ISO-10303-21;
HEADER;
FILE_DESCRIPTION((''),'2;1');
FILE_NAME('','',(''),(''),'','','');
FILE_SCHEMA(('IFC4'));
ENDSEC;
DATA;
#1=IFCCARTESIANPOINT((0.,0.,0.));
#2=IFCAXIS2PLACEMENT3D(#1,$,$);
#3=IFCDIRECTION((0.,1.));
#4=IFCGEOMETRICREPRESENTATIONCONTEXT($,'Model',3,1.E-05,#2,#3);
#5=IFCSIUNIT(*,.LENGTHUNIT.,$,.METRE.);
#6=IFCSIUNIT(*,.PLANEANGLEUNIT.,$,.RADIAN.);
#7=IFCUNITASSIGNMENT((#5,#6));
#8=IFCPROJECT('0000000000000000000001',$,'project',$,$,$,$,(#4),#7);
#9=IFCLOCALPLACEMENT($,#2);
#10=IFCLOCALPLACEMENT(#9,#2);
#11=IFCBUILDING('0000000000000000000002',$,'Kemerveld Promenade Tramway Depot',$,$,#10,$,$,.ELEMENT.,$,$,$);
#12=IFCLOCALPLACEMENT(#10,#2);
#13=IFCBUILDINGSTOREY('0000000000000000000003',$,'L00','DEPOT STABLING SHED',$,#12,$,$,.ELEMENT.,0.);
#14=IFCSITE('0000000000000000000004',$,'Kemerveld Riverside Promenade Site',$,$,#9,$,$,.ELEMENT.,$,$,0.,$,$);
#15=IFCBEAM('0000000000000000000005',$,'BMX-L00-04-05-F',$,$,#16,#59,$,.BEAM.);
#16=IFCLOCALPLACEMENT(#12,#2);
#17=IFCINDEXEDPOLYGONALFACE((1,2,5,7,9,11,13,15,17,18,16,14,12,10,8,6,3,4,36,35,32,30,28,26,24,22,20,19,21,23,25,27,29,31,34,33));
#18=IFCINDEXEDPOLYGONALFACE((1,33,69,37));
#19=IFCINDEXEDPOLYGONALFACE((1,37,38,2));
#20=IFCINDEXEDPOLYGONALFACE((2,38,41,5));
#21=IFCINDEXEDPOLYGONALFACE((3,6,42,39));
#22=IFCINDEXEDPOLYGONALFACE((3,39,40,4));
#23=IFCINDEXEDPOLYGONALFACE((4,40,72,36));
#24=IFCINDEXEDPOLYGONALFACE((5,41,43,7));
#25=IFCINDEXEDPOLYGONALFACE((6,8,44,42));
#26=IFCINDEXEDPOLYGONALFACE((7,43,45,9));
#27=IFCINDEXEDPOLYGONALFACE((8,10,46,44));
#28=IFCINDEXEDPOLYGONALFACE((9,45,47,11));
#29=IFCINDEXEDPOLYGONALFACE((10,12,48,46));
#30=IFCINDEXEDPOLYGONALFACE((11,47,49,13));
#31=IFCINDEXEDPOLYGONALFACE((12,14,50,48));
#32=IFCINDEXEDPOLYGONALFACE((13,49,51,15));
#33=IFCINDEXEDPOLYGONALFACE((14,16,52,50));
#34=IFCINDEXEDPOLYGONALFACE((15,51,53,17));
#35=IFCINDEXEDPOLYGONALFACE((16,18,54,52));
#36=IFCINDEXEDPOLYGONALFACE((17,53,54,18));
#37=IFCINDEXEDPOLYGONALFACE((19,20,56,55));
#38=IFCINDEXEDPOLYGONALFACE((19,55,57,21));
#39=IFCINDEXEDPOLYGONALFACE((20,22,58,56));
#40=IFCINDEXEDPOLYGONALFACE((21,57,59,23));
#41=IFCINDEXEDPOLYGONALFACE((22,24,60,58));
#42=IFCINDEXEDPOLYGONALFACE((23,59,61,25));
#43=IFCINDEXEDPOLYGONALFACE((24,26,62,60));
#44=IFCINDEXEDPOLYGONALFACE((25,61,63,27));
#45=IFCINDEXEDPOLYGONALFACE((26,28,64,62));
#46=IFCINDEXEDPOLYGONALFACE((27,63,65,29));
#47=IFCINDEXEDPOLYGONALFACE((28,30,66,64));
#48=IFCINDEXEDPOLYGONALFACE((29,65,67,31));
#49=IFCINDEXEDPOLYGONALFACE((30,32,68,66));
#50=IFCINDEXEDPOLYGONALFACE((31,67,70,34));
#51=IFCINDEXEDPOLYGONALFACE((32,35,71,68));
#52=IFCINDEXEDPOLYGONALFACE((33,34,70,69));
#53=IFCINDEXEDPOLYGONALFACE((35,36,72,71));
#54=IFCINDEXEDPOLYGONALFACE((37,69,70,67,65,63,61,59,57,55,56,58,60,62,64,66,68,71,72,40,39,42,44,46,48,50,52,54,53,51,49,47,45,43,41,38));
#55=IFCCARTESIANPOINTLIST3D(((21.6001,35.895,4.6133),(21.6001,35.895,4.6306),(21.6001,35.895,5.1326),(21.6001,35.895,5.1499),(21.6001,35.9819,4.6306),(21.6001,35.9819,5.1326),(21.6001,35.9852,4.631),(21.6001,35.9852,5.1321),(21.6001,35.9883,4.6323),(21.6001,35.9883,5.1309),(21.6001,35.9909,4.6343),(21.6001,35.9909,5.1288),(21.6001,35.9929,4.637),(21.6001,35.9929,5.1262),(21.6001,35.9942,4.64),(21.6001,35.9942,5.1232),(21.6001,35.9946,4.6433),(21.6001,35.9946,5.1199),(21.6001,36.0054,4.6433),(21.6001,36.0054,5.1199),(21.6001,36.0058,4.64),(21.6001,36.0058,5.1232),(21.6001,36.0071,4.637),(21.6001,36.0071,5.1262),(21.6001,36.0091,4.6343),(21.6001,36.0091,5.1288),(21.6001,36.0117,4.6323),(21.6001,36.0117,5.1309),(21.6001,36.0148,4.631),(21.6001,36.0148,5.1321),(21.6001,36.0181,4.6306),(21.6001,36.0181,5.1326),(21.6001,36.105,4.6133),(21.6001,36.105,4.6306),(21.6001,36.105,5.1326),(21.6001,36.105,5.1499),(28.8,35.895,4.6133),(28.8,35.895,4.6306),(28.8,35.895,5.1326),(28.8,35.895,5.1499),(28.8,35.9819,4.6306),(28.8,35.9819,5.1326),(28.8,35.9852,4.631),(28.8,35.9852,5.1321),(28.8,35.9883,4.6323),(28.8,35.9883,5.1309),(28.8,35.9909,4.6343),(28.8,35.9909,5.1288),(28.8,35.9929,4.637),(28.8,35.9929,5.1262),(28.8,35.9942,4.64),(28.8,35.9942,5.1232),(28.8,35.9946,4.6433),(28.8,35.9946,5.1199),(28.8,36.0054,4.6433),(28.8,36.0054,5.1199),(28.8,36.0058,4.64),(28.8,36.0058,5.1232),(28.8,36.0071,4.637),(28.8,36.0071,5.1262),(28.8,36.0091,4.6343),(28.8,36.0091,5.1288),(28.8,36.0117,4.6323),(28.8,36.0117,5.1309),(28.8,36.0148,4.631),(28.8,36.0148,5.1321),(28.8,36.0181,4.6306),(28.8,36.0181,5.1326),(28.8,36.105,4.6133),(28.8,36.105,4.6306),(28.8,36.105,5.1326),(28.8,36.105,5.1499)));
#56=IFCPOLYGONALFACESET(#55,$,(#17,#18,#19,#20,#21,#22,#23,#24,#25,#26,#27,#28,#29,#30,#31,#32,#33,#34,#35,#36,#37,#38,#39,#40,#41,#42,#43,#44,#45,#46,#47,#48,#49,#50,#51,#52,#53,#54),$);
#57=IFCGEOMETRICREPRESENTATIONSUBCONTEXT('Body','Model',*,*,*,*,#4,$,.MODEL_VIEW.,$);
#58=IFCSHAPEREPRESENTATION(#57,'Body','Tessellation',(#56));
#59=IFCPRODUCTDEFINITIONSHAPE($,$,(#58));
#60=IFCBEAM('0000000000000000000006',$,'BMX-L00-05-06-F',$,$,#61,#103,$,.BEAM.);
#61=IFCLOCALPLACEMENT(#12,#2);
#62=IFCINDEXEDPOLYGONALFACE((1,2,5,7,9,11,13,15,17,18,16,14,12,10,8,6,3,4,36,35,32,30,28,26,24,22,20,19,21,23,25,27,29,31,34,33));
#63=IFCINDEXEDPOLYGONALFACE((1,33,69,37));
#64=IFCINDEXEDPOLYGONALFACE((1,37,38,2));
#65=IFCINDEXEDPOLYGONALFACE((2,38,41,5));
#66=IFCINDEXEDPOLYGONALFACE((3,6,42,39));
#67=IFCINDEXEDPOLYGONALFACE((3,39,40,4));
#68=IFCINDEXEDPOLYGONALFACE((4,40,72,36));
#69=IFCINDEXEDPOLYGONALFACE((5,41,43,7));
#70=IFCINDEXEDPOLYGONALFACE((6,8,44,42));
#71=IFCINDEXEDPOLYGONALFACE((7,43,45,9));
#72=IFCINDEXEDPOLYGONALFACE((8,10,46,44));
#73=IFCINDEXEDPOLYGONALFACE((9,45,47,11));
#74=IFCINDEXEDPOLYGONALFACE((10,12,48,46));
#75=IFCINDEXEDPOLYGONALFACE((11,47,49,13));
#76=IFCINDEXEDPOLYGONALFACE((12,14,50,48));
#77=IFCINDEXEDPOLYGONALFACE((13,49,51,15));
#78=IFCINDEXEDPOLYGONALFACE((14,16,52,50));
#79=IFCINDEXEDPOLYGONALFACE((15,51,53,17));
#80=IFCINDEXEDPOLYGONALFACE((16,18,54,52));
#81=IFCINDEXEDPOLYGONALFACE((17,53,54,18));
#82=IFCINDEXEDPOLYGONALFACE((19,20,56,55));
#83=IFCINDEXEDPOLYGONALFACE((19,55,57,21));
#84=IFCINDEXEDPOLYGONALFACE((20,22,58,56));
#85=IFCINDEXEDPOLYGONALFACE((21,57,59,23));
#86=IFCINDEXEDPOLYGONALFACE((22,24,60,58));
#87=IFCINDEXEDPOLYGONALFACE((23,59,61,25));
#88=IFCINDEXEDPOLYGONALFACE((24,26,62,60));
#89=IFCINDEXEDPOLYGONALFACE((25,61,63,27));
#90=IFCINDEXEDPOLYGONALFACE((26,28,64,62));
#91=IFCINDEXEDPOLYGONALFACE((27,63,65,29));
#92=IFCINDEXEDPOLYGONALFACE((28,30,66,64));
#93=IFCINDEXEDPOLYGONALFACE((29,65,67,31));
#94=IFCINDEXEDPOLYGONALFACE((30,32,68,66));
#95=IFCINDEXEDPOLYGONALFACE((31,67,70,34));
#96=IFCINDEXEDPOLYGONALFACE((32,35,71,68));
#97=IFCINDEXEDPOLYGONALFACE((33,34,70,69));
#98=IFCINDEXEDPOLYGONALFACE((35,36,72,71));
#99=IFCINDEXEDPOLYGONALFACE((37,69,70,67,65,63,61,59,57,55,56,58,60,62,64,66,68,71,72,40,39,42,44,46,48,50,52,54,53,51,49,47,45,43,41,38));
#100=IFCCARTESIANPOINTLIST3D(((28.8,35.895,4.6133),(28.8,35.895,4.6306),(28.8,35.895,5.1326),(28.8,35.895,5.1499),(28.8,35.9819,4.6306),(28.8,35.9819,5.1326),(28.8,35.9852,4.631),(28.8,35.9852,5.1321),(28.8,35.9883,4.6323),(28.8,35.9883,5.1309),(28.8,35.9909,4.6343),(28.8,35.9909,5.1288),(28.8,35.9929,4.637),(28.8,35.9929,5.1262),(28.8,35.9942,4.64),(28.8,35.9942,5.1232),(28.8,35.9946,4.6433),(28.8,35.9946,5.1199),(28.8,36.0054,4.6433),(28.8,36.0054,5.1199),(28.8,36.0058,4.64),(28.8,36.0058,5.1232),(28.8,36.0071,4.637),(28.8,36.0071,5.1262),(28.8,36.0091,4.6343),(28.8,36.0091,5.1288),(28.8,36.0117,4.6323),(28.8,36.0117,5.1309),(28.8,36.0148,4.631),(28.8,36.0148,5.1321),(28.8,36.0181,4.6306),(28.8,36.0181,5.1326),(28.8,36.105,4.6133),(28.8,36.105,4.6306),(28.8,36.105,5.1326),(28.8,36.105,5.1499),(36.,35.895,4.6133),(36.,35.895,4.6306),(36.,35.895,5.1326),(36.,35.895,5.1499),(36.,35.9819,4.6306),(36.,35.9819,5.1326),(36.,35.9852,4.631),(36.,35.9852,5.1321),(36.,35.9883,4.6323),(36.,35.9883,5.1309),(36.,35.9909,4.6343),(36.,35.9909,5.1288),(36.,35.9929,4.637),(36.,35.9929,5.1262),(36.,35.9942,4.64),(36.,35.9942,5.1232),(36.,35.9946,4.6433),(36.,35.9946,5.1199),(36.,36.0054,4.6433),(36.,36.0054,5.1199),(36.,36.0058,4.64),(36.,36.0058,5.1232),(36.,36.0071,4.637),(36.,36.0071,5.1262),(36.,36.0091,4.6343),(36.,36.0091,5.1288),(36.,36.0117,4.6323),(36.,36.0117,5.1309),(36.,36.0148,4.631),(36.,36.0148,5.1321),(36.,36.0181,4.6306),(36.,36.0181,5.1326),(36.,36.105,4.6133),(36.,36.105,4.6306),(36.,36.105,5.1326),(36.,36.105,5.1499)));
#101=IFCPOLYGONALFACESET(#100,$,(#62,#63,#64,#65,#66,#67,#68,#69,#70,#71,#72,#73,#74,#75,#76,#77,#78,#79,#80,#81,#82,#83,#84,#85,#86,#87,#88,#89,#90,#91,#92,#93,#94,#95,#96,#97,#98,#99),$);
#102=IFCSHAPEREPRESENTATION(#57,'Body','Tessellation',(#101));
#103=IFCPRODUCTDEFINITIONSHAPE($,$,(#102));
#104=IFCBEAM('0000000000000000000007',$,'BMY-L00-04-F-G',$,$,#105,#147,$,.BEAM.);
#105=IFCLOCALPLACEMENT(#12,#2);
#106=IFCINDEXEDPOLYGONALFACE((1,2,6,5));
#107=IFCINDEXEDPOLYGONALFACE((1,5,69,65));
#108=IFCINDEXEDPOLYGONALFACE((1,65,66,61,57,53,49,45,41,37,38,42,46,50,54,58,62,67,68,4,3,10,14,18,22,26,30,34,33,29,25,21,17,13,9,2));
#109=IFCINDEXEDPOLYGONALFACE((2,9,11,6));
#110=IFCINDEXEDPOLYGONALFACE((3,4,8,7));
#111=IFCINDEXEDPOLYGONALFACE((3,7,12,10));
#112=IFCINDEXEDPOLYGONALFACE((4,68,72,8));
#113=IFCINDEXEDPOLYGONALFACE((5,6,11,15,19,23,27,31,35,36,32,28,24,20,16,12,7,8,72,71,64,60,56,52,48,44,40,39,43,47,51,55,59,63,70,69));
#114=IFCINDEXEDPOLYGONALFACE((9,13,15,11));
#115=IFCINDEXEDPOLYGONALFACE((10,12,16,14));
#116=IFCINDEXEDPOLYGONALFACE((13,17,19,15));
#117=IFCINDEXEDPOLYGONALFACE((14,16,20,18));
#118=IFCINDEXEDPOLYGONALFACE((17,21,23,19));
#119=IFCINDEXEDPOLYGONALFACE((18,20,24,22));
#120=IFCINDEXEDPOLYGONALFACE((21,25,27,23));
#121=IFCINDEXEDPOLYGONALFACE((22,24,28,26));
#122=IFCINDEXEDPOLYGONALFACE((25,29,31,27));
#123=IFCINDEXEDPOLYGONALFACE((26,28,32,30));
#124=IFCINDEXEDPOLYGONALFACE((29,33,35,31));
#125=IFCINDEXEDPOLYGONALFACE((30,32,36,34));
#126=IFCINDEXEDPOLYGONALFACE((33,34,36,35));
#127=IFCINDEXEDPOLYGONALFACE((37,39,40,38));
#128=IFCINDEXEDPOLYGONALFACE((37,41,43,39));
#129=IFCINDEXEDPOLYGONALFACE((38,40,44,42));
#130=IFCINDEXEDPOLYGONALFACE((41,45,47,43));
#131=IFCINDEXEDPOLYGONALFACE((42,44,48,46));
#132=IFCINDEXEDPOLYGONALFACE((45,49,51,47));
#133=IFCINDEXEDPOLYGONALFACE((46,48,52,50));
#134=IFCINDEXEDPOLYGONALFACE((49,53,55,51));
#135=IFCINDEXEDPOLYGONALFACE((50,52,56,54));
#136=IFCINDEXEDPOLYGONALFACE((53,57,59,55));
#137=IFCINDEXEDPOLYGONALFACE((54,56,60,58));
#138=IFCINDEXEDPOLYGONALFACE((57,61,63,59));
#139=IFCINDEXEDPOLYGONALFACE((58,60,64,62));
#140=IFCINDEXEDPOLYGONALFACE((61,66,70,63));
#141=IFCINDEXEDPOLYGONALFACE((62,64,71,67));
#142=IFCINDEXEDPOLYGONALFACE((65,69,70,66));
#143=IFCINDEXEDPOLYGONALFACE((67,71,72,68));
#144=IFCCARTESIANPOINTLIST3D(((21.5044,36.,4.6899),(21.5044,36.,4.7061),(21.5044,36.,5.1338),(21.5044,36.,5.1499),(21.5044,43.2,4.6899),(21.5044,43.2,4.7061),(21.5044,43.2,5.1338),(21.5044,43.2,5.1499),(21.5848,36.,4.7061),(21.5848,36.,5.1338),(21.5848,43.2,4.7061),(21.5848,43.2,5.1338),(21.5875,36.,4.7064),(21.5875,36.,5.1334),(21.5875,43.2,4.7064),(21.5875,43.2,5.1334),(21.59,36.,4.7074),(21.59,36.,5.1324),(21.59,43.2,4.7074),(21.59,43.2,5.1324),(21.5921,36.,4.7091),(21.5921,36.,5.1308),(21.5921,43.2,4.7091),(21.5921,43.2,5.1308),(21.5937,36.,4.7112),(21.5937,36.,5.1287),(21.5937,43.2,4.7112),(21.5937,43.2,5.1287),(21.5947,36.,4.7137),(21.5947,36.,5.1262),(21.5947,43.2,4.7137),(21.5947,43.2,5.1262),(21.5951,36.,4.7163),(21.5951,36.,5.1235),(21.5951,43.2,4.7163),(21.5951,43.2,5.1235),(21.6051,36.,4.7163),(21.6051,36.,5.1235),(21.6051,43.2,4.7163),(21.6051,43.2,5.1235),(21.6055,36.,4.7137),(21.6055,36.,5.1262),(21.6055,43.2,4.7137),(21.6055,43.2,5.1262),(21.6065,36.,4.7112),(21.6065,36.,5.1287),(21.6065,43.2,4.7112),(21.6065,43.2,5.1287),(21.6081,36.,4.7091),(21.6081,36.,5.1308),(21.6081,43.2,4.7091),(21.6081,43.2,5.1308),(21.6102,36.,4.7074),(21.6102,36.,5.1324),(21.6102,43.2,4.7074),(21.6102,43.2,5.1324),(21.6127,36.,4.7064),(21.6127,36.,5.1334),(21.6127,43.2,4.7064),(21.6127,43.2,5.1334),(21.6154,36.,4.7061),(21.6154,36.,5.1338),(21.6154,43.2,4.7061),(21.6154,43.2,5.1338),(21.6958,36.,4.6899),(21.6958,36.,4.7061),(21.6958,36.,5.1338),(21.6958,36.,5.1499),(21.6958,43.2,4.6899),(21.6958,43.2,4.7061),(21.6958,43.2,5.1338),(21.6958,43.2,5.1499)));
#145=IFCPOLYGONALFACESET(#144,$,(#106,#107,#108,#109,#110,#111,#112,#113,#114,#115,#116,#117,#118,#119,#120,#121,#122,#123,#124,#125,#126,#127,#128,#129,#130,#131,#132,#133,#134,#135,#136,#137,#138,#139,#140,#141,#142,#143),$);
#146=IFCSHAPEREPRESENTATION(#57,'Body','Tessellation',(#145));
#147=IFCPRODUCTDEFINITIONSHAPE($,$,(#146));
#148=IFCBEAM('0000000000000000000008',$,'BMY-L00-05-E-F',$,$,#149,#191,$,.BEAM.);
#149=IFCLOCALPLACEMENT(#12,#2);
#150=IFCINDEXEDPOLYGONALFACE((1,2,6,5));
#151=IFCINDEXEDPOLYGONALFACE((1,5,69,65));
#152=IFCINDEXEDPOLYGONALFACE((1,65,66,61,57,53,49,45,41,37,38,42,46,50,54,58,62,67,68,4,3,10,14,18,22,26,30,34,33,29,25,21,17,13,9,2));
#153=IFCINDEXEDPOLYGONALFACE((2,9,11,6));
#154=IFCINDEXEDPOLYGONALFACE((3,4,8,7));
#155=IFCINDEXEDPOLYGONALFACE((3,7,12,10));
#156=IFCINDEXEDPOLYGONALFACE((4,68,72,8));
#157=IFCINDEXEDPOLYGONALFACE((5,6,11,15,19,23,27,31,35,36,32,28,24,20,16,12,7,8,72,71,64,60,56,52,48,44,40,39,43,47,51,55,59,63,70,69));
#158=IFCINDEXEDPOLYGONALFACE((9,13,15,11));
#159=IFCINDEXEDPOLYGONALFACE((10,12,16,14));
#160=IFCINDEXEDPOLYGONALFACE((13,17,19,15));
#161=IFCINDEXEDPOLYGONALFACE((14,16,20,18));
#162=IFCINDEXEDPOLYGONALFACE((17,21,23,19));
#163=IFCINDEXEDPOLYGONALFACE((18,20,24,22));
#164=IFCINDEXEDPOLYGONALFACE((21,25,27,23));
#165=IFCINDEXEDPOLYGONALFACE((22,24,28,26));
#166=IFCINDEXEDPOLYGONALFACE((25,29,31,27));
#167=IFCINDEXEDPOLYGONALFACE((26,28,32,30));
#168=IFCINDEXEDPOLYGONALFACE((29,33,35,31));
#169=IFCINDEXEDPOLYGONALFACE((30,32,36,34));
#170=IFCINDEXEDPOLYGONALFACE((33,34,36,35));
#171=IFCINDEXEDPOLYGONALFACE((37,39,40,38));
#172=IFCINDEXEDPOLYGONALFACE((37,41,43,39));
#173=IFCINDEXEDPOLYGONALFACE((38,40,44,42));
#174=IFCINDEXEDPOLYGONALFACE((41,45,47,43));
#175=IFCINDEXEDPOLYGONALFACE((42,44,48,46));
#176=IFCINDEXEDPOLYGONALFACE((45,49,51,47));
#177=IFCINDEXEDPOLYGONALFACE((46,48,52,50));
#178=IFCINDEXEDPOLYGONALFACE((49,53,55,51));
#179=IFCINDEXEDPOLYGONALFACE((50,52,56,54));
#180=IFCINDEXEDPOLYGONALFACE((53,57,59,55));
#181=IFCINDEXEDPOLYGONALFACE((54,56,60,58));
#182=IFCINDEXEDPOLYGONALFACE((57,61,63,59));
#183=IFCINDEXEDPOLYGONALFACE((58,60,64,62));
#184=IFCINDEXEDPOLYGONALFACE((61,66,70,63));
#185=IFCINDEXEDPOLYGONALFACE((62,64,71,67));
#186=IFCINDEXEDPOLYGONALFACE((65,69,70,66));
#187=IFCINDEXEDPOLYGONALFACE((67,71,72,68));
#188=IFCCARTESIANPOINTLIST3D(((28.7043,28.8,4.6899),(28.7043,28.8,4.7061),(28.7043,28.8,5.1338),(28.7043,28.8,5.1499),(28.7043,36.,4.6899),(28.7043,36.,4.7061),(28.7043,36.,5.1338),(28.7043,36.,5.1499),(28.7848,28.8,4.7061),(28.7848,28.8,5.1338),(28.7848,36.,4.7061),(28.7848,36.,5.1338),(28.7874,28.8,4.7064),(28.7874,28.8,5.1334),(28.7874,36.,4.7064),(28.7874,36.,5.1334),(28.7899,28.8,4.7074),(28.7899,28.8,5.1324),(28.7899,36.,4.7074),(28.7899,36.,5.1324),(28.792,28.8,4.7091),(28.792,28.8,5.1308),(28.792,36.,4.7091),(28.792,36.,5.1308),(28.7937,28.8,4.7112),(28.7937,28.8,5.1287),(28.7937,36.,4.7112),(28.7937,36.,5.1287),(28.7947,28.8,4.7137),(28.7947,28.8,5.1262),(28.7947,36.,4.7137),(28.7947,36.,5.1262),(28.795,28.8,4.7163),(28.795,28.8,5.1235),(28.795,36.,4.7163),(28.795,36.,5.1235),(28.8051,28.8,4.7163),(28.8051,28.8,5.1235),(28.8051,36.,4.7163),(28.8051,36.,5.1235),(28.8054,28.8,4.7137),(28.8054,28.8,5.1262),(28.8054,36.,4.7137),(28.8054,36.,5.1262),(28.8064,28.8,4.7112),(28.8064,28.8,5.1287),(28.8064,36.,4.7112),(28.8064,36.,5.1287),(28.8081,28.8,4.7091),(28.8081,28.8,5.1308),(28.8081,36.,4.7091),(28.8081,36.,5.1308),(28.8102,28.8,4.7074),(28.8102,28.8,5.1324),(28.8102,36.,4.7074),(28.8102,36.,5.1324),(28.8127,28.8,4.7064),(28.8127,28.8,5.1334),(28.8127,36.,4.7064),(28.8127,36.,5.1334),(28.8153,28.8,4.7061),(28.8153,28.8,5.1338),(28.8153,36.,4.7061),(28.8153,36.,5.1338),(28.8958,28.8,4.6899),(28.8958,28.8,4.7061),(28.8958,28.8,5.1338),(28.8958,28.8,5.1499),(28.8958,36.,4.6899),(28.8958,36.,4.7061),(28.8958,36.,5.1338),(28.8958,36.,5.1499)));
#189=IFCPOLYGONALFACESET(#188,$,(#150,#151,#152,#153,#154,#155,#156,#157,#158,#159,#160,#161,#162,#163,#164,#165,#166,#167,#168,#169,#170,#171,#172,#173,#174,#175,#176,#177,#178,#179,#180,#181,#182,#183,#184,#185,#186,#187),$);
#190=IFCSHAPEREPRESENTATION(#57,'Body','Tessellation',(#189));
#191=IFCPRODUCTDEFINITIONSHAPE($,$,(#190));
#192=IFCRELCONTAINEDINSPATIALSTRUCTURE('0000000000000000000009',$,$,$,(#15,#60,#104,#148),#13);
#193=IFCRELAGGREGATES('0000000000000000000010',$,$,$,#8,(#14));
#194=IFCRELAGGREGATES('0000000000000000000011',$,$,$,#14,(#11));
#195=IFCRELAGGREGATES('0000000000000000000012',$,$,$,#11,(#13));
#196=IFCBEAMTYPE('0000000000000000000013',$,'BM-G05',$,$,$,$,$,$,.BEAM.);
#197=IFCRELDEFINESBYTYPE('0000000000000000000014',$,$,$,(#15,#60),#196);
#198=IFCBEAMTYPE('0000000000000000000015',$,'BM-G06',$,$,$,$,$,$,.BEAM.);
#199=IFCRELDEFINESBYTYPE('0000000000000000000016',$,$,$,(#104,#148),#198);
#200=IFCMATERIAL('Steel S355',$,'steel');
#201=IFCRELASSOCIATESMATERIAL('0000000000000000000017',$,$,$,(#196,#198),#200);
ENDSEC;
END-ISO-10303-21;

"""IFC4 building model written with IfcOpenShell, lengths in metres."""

from ifc_helpers import new_model, si_unit, direction, frame, origin, origin_2d, place, context, subcontext, project, spatial, i_section, extrude, material, material_profile, profile_set, type_object, element, save


model = new_model("IFC4")

# Units and contexts
model_context = context("Model", 3, precision=1e-05, world=origin(), true_north=direction((0.0, 1.0)))
body_context = subcontext(model_context, "Body", "Model", "MODEL_VIEW")
ifc_project = project(units=[si_unit("LENGTHUNIT", "METRE"), si_unit("PLANEANGLEUNIT", "RADIAN")], contexts=[model_context])

# Site, building, storey
site_placement = place(None, origin())
site = spatial("IfcSite", under=ifc_project, at=site_placement, Name="Kemerveld Riverside Promenade Site", CompositionType="ELEMENT", RefElevation=0.0)
building_placement = place(site_placement, origin())
building = spatial("IfcBuilding", under=site, at=building_placement, Name="Kemerveld Promenade Tramway Depot", CompositionType="ELEMENT")
storey_placement = place(building_placement, origin())
storey = spatial("IfcBuildingStorey", under=building, at=storey_placement, Name="L00", Description="DEPOT STABLING SHED", CompositionType="ELEMENT", Elevation=0.0)

# Shared definitions
ifc_material_1 = material(Name="Steel S355", Category="steel")

# Beams
ifc_material_profile_1 = material_profile(ifc_material_1, i_section(OverallWidth=0.21, OverallDepth=0.5366, WebThickness=0.0107, FlangeThickness=0.0173, FilletRadius=0.0127, at=origin_2d()), Name="533x210x101 UB")
ifc_profile_set_1 = profile_set([ifc_material_profile_1], Name="Steel S355")
beam_type_1 = type_object("IfcBeamType", Name="BM-G05", PredefinedType="BEAM", material=ifc_profile_set_1)
for number, where, z_axis, x_axis, name in (
    (1, (21.6001, 36.0, 4.8816), (1.0, 0.0, 0.0), (0.0, 1.0, 0.0), "BMX-L00-04-05-F"),
    (2, (28.8, 36.0, 4.8816), (1.0, 0.0, 0.0), (0.0, 1.0, 0.0), "BMX-L00-05-06-F"),
):
    element("IfcBeam", number, at=place(storey_placement, frame(where, z_axis=z_axis, x_axis=x_axis)), inside=storey, type_object=beam_type_1, Name=name, PredefinedType="BEAM", context=body_context, shape_type="SweptSolid", body=[
        extrude(i_section(OverallWidth=0.21, OverallDepth=0.5366, WebThickness=0.0107, FlangeThickness=0.0173, FilletRadius=0.0127, at=origin_2d()), origin(), (0.0, 0.0, 1.0), 7.2),
    ])
ifc_material_profile_2 = material_profile(ifc_material_1, i_section(OverallWidth=0.1914, OverallDepth=0.46, WebThickness=0.01, FlangeThickness=0.0161, FilletRadius=0.0103, at=origin_2d()), Name="457x191x82 UB")
ifc_profile_set_2 = profile_set([ifc_material_profile_2], Name="Steel S355")
beam_type_2 = type_object("IfcBeamType", Name="BM-G06", PredefinedType="BEAM", material=ifc_profile_set_2)
for number, where, z_axis, x_axis, name in (
    (3, (21.6001, 36.0, 4.9199), (0.0, 1.0, 0.0), (-1.0, 0.0, 0.0), "BMY-L00-04-F-G"),
    (4, (28.8, 28.8, 4.9199), (0.0, 1.0, 0.0), (-1.0, 0.0, 0.0), "BMY-L00-05-E-F"),
):
    element("IfcBeam", number, at=place(storey_placement, frame(where, z_axis=z_axis, x_axis=x_axis)), inside=storey, type_object=beam_type_2, Name=name, PredefinedType="BEAM", context=body_context, shape_type="SweptSolid", body=[
        extrude(i_section(OverallWidth=0.1914, OverallDepth=0.46, WebThickness=0.01, FlangeThickness=0.0161, FilletRadius=0.0103, at=origin_2d()), origin(), (0.0, 0.0, 1.0), 7.2),
    ])

save(model, "model.ifc")
